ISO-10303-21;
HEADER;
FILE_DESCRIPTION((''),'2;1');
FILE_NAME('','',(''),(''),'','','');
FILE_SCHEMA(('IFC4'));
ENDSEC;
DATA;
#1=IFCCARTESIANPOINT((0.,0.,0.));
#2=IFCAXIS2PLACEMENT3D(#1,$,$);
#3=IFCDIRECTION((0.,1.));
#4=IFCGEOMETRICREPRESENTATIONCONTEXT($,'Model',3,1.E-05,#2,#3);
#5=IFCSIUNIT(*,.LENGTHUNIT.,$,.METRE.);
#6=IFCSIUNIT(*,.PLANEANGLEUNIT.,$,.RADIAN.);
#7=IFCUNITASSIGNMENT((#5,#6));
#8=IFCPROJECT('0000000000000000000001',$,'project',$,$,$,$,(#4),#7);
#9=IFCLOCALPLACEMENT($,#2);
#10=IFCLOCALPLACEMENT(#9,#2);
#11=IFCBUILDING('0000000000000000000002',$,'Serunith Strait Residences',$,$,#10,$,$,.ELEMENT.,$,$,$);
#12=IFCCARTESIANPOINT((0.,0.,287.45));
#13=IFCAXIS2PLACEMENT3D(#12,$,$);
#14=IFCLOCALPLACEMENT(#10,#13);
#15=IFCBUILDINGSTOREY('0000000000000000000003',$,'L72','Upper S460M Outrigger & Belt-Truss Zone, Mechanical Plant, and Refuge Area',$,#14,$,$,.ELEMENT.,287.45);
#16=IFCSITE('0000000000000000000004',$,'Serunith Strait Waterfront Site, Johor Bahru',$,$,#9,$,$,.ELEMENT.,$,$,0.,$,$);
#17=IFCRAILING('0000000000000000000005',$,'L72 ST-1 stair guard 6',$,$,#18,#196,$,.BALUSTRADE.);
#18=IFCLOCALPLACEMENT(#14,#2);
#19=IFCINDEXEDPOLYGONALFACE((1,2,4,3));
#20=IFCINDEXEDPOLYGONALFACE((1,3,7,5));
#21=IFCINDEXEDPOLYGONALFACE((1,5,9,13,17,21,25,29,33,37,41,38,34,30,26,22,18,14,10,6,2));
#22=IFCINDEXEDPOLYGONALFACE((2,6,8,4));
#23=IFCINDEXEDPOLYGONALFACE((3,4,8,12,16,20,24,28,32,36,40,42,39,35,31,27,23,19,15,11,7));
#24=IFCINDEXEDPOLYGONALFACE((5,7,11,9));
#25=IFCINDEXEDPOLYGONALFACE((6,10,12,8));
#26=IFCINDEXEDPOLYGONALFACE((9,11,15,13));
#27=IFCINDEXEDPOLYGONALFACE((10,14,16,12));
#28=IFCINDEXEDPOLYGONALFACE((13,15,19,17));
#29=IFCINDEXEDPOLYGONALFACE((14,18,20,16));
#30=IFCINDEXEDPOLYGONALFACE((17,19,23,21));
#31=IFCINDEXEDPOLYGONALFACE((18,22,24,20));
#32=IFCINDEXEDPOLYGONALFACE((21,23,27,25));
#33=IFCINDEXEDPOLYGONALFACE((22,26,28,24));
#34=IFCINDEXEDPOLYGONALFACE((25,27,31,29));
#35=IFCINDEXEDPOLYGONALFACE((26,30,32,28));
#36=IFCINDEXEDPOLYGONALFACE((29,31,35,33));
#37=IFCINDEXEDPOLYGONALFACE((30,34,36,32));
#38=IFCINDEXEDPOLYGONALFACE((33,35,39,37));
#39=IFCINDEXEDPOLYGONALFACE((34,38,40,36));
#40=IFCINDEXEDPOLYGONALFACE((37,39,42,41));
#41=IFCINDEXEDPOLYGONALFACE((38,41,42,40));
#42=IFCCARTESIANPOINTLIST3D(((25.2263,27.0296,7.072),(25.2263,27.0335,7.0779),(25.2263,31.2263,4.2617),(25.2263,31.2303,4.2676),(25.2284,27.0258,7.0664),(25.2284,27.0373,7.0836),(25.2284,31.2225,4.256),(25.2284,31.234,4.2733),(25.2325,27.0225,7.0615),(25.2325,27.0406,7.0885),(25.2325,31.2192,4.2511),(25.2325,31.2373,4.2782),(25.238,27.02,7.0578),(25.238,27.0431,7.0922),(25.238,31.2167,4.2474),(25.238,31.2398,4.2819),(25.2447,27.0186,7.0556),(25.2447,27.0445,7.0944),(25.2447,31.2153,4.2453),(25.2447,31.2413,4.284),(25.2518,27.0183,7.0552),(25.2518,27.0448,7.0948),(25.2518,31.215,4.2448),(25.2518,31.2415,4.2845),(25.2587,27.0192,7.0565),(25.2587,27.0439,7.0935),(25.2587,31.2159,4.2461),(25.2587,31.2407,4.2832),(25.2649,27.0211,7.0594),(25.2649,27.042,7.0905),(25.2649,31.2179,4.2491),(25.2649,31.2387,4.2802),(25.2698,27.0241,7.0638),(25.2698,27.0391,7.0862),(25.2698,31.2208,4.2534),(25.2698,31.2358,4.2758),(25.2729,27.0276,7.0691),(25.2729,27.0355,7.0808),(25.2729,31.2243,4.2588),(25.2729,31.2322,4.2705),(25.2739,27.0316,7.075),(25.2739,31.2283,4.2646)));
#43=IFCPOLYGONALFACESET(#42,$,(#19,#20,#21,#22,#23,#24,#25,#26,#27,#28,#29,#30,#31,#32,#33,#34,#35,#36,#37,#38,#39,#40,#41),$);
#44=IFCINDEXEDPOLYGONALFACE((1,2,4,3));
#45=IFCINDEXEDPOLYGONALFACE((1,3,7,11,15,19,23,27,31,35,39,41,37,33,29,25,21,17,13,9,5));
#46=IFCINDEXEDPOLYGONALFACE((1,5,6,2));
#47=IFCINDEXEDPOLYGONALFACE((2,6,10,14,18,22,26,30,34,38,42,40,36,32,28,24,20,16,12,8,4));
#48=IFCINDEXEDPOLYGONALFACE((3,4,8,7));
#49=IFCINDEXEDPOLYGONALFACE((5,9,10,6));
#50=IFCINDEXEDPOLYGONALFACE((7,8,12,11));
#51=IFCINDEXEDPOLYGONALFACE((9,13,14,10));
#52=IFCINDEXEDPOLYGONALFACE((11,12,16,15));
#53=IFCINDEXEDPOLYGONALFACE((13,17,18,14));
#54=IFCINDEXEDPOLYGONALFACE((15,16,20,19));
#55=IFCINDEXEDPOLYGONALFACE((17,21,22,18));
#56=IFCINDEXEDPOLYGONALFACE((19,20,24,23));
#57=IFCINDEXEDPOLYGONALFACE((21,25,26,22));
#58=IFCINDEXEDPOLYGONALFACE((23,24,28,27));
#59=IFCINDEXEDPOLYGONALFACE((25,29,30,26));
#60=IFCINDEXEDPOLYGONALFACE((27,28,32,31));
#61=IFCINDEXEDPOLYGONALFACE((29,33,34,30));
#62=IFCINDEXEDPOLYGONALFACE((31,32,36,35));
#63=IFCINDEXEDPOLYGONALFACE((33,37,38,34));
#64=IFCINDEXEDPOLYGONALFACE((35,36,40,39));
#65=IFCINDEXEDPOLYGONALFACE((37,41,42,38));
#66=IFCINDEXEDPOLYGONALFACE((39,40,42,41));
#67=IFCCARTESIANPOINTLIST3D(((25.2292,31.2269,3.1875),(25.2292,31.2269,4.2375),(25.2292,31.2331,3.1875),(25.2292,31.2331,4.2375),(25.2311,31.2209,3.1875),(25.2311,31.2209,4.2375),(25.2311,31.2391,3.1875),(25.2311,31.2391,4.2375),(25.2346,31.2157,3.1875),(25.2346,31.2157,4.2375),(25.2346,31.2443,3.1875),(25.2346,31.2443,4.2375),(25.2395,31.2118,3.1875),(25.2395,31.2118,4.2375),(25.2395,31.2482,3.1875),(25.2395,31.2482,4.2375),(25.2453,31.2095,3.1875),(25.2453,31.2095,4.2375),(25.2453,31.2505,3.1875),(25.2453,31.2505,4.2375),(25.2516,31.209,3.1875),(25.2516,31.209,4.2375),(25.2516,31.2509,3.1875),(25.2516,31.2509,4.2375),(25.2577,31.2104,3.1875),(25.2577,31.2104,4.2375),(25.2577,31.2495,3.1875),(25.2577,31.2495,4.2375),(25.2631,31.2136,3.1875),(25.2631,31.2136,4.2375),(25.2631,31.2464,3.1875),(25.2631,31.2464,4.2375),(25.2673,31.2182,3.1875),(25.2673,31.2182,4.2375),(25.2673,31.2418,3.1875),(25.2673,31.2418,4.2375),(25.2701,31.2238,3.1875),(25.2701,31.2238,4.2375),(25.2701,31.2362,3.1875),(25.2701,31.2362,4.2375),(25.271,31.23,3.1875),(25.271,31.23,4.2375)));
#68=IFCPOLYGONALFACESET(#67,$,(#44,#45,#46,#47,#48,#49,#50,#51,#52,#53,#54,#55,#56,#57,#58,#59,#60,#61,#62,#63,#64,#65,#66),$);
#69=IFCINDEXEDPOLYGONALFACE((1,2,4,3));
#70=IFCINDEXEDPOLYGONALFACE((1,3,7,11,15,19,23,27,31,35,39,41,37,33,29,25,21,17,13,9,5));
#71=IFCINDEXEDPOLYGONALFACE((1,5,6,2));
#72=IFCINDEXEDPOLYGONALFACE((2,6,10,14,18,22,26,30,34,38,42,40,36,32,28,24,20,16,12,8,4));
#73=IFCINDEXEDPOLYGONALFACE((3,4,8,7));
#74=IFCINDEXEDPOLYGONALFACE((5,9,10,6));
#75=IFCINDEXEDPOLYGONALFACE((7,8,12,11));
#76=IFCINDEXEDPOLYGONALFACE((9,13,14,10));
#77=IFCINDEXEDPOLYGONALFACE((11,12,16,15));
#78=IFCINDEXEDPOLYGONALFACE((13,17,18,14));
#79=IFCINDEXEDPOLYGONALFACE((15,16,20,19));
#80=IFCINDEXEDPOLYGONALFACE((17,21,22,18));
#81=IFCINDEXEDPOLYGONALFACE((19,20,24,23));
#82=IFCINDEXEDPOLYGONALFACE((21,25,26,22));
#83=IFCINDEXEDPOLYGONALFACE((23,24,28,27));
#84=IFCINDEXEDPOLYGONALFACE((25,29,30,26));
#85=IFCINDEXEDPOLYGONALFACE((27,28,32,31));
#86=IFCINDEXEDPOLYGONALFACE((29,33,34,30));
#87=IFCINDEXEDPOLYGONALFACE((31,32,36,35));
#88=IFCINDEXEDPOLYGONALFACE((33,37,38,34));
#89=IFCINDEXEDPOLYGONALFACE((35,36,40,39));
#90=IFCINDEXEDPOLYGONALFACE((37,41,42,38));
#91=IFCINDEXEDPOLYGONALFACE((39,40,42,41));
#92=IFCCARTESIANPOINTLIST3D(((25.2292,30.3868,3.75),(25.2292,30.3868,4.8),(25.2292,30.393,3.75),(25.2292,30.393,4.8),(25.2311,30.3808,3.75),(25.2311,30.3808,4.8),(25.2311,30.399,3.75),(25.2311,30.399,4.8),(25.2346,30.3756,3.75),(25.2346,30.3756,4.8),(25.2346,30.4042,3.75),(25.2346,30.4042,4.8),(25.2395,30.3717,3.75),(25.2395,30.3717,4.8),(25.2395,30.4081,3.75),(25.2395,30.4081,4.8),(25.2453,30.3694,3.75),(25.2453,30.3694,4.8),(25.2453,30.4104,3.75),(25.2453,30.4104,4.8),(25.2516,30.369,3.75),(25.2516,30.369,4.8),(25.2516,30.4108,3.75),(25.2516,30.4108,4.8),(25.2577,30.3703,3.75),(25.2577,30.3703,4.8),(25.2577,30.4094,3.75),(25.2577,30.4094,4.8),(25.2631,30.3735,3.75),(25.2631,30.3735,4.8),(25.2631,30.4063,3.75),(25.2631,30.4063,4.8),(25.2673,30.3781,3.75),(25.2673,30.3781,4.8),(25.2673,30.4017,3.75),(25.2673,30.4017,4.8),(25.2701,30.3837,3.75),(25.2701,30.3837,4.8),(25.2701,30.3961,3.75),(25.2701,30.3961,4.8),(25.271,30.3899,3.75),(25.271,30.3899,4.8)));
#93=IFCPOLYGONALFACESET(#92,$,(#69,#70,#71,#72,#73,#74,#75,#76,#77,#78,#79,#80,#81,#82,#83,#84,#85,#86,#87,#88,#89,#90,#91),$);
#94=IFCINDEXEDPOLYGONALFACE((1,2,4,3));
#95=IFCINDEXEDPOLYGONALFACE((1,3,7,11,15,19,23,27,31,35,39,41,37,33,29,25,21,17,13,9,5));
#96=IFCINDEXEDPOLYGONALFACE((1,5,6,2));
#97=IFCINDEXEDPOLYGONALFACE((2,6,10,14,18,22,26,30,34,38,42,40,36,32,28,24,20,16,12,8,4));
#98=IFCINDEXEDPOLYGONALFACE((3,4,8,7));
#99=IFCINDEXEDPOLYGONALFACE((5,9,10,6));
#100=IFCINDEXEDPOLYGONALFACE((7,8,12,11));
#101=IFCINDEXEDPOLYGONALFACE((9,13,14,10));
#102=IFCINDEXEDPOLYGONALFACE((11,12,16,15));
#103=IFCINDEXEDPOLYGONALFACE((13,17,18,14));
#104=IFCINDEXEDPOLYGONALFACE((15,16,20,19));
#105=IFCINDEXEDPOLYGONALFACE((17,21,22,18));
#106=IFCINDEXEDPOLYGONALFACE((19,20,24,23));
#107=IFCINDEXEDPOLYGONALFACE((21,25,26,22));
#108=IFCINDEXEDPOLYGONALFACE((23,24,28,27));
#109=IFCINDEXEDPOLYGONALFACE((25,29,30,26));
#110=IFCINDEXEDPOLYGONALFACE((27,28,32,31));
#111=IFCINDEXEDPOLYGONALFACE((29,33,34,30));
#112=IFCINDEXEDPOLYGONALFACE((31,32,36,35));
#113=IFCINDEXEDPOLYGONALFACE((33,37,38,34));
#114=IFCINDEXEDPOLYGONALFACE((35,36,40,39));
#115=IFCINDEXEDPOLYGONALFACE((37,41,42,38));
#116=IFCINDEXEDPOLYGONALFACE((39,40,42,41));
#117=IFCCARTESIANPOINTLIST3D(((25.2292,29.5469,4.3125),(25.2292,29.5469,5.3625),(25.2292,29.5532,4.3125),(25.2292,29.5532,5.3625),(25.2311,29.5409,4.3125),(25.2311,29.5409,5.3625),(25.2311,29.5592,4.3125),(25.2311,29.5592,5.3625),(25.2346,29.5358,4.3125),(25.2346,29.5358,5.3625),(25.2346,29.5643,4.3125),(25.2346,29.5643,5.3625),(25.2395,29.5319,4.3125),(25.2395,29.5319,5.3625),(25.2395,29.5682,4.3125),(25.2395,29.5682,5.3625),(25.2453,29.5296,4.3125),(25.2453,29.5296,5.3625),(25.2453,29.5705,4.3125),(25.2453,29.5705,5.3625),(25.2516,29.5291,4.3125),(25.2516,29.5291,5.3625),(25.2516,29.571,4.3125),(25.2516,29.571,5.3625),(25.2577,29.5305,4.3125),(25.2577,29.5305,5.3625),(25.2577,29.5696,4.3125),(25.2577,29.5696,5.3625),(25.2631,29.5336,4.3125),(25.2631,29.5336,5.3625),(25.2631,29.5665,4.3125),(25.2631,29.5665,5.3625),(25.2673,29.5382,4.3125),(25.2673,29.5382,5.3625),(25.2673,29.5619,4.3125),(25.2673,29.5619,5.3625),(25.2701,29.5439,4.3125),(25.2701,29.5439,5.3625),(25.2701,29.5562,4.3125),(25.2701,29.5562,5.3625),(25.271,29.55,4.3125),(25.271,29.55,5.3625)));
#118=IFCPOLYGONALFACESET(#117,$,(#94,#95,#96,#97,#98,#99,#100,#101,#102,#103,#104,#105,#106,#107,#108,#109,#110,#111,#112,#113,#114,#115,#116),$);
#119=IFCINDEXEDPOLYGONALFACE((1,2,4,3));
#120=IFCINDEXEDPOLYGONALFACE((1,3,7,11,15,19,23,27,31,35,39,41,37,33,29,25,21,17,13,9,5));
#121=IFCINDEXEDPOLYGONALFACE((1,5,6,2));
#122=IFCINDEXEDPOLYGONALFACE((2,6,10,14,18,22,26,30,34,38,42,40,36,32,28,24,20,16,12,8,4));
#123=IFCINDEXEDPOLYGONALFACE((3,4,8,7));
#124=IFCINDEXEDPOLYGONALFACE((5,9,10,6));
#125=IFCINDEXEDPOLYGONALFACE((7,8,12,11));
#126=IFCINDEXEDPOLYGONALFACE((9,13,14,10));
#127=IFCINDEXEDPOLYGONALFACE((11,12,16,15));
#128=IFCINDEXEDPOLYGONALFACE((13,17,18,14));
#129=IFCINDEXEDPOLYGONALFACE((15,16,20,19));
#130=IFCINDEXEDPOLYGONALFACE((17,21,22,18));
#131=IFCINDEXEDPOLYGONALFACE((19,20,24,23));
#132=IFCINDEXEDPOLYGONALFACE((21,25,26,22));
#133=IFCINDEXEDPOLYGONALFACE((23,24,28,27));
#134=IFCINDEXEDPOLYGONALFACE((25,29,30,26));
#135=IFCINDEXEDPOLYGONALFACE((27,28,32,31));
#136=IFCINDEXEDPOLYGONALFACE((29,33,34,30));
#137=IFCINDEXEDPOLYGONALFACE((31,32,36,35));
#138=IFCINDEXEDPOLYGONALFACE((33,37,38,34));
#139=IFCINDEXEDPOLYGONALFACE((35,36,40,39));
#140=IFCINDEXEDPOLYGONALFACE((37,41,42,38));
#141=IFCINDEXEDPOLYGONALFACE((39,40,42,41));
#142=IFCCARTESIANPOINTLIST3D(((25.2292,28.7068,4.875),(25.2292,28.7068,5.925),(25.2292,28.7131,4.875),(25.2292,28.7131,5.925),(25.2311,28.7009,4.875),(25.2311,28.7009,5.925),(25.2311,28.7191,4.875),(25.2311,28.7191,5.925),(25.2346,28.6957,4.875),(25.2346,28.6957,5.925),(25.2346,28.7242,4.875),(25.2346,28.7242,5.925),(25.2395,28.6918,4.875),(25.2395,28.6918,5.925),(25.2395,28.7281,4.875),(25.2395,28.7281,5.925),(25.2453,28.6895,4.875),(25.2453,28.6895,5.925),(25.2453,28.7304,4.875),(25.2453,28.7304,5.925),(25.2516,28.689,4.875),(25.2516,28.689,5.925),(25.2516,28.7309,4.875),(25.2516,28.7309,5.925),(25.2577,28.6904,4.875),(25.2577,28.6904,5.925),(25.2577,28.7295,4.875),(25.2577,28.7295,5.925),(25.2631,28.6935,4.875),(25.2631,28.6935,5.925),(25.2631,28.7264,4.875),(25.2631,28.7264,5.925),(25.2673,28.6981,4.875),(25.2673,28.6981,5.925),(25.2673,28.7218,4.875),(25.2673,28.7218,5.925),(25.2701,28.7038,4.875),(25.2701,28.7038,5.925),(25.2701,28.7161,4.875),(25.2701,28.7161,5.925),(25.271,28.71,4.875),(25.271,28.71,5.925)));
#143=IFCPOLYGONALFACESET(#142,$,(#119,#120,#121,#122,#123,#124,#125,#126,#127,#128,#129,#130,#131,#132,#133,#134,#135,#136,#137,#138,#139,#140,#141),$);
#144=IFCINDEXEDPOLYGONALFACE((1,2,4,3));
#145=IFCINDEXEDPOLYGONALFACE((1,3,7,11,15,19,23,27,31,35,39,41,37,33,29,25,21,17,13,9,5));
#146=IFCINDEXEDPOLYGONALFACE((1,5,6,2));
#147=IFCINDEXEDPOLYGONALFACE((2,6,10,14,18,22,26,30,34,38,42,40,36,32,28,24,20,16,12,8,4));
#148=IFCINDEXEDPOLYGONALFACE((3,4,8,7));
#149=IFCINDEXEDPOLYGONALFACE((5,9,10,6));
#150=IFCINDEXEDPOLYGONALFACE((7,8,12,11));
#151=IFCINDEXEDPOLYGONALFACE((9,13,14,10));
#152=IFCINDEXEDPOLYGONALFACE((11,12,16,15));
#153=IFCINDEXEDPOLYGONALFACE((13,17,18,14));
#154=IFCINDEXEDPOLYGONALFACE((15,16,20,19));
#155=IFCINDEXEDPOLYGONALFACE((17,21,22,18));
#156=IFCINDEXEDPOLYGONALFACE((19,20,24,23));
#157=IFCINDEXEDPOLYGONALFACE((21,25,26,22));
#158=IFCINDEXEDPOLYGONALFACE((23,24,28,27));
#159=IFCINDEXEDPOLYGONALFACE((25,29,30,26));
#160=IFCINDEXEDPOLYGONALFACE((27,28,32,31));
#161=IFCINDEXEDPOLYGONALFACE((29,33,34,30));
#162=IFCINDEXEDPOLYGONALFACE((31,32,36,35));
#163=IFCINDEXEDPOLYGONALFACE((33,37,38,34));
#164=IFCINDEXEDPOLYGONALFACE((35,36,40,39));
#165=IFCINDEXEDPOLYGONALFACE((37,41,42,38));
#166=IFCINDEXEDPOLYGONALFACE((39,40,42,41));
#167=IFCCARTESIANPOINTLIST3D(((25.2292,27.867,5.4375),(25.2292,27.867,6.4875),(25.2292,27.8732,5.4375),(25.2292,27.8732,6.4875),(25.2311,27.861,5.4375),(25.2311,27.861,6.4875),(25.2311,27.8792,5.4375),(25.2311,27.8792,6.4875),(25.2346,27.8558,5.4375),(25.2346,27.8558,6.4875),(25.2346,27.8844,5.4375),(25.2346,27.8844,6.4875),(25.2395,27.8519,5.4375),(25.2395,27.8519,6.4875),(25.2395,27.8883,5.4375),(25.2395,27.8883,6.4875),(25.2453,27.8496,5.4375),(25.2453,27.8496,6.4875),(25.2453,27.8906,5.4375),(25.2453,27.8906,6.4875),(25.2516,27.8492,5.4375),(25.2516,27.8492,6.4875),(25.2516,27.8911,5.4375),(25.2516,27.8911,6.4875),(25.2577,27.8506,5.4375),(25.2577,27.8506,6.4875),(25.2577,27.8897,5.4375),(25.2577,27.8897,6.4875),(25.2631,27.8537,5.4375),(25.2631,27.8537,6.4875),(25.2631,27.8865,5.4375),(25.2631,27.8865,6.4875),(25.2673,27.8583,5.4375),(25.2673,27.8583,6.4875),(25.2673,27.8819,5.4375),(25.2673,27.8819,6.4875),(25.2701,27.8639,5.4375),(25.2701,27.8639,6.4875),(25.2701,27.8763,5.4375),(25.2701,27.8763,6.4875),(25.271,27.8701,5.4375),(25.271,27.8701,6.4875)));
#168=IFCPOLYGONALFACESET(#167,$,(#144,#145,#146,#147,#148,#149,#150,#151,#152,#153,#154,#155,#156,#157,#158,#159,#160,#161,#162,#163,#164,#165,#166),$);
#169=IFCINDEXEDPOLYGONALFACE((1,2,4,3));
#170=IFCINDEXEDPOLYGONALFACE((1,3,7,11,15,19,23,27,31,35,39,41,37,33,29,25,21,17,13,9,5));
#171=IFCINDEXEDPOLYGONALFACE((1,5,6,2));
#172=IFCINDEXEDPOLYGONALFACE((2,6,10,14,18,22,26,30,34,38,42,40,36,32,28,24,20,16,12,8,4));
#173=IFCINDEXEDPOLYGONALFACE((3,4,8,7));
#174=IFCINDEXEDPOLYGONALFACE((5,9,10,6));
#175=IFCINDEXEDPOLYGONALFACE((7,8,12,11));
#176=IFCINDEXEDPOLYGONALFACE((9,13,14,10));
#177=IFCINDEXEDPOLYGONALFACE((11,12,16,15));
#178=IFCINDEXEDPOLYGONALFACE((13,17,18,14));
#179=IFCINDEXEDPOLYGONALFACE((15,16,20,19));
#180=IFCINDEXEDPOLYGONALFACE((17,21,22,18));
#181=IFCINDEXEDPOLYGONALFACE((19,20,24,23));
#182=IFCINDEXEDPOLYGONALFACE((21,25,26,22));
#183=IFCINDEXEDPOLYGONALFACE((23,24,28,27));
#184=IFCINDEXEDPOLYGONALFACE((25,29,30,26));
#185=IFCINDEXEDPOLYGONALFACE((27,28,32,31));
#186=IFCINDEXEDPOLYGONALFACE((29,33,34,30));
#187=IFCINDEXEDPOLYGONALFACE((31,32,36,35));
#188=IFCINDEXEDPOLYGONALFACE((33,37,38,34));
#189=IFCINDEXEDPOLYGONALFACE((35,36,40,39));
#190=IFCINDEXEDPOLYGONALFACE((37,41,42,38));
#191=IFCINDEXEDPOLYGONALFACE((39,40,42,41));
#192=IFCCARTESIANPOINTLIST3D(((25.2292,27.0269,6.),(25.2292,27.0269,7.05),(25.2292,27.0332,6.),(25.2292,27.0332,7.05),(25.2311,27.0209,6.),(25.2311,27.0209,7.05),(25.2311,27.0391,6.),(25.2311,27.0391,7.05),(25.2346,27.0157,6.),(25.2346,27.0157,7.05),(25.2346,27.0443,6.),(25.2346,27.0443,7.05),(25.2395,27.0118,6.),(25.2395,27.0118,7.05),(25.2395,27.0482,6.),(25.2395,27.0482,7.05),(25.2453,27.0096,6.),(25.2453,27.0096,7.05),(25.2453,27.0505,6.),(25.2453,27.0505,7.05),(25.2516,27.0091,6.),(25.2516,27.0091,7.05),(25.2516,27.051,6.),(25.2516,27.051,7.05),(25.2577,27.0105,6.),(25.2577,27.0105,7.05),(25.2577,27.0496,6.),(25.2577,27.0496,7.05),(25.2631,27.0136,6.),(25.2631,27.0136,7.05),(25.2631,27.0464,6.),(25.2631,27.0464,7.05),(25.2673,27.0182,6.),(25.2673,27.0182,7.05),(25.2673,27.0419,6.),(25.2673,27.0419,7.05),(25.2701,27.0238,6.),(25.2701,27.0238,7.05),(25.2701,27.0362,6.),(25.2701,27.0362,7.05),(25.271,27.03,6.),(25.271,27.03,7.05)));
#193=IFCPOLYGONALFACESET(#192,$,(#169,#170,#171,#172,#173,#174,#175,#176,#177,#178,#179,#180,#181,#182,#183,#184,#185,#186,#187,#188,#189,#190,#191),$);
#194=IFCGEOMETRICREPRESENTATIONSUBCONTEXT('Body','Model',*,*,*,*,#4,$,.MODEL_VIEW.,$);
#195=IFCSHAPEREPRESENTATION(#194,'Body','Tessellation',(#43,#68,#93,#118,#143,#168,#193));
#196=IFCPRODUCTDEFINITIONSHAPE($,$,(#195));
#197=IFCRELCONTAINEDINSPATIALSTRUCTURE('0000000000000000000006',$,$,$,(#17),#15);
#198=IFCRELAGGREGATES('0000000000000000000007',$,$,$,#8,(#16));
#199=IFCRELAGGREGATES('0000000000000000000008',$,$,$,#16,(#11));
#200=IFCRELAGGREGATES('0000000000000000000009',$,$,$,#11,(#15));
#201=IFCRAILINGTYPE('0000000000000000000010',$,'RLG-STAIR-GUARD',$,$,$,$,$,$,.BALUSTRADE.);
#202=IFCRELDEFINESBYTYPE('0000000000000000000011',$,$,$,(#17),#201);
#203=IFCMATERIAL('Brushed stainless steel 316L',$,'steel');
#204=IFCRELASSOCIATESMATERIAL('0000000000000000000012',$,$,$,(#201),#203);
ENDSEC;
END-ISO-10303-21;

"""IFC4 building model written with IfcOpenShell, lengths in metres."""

from ifc_helpers import new_model, si_unit, direction, frame, origin, origin_2d, place, context, subcontext, project, spatial, circle, extrude, material, type_object, element, save


model = new_model("IFC4")

# Units and contexts
model_context = context("Model", 3, precision=1e-05, world=origin(), true_north=direction((0.0, 1.0)))
body_context = subcontext(model_context, "Body", "Model", "MODEL_VIEW")
ifc_project = project(units=[si_unit("LENGTHUNIT", "METRE"), si_unit("PLANEANGLEUNIT", "RADIAN")], contexts=[model_context])

# Site, building, storey
site_placement = place(None, origin())
site = spatial("IfcSite", under=ifc_project, at=site_placement, Name="Serunith Strait Waterfront Site, Johor Bahru", CompositionType="ELEMENT", RefElevation=0.0)
building_placement = place(site_placement, origin())
building = spatial("IfcBuilding", under=site, at=building_placement, Name="Serunith Strait Residences", CompositionType="ELEMENT")
storey_placement = place(building_placement, frame((0.0, 0.0, 287.45)))
storey = spatial("IfcBuildingStorey", under=building, at=storey_placement, Name="L72", Description="Upper S460M Outrigger & Belt-Truss Zone, Mechanical Plant, and Refuge Area", CompositionType="ELEMENT", Elevation=287.45)

# Railing
ifc_material_1 = material(Name="Brushed stainless steel 316L", Category="steel")
railing_type_1 = type_object("IfcRailingType", Name="RLG-STAIR-GUARD", PredefinedType="BALUSTRADE", material=ifc_material_1)
railing_1_placement = place(storey_placement, frame((25.25, 31.23, 3.1875)))
element("IfcRailing", 1, at=railing_1_placement, inside=storey, type_object=railing_type_1, Name="L72 ST-1 stair guard 6", PredefinedType="BALUSTRADE", context=body_context, shape_type="SweptSolid", body=[
    extrude(circle(Radius=0.0239, at=origin_2d()), frame((0.0, -0.0017, 1.0771), z_axis=(0.0, -0.830904, 0.556416), x_axis=(1.0, 0.0, 0.0)), (0.0, 0.0, 1.0), 5.0508),
    extrude(circle(Radius=0.021, at=origin_2d()), origin(), (0.0, 0.0, 1.0), 1.05),
    extrude(circle(Radius=0.021, at=origin_2d()), frame((0.0, -0.8401, 0.5625)), (0.0, 0.0, 1.0), 1.05),
    extrude(circle(Radius=0.021, at=origin_2d()), frame((0.0, -1.6799, 1.125)), (0.0, 0.0, 1.0), 1.05),
    extrude(circle(Radius=0.021, at=origin_2d()), frame((0.0, -2.52, 1.6875)), (0.0, 0.0, 1.0), 1.05),
    extrude(circle(Radius=0.021, at=origin_2d()), frame((0.0, -3.3599, 2.25)), (0.0, 0.0, 1.0), 1.05),
    extrude(circle(Radius=0.021, at=origin_2d()), frame((0.0, -4.2, 2.8125)), (0.0, 0.0, 1.0), 1.05),
])

save(model, "model.ifc")
